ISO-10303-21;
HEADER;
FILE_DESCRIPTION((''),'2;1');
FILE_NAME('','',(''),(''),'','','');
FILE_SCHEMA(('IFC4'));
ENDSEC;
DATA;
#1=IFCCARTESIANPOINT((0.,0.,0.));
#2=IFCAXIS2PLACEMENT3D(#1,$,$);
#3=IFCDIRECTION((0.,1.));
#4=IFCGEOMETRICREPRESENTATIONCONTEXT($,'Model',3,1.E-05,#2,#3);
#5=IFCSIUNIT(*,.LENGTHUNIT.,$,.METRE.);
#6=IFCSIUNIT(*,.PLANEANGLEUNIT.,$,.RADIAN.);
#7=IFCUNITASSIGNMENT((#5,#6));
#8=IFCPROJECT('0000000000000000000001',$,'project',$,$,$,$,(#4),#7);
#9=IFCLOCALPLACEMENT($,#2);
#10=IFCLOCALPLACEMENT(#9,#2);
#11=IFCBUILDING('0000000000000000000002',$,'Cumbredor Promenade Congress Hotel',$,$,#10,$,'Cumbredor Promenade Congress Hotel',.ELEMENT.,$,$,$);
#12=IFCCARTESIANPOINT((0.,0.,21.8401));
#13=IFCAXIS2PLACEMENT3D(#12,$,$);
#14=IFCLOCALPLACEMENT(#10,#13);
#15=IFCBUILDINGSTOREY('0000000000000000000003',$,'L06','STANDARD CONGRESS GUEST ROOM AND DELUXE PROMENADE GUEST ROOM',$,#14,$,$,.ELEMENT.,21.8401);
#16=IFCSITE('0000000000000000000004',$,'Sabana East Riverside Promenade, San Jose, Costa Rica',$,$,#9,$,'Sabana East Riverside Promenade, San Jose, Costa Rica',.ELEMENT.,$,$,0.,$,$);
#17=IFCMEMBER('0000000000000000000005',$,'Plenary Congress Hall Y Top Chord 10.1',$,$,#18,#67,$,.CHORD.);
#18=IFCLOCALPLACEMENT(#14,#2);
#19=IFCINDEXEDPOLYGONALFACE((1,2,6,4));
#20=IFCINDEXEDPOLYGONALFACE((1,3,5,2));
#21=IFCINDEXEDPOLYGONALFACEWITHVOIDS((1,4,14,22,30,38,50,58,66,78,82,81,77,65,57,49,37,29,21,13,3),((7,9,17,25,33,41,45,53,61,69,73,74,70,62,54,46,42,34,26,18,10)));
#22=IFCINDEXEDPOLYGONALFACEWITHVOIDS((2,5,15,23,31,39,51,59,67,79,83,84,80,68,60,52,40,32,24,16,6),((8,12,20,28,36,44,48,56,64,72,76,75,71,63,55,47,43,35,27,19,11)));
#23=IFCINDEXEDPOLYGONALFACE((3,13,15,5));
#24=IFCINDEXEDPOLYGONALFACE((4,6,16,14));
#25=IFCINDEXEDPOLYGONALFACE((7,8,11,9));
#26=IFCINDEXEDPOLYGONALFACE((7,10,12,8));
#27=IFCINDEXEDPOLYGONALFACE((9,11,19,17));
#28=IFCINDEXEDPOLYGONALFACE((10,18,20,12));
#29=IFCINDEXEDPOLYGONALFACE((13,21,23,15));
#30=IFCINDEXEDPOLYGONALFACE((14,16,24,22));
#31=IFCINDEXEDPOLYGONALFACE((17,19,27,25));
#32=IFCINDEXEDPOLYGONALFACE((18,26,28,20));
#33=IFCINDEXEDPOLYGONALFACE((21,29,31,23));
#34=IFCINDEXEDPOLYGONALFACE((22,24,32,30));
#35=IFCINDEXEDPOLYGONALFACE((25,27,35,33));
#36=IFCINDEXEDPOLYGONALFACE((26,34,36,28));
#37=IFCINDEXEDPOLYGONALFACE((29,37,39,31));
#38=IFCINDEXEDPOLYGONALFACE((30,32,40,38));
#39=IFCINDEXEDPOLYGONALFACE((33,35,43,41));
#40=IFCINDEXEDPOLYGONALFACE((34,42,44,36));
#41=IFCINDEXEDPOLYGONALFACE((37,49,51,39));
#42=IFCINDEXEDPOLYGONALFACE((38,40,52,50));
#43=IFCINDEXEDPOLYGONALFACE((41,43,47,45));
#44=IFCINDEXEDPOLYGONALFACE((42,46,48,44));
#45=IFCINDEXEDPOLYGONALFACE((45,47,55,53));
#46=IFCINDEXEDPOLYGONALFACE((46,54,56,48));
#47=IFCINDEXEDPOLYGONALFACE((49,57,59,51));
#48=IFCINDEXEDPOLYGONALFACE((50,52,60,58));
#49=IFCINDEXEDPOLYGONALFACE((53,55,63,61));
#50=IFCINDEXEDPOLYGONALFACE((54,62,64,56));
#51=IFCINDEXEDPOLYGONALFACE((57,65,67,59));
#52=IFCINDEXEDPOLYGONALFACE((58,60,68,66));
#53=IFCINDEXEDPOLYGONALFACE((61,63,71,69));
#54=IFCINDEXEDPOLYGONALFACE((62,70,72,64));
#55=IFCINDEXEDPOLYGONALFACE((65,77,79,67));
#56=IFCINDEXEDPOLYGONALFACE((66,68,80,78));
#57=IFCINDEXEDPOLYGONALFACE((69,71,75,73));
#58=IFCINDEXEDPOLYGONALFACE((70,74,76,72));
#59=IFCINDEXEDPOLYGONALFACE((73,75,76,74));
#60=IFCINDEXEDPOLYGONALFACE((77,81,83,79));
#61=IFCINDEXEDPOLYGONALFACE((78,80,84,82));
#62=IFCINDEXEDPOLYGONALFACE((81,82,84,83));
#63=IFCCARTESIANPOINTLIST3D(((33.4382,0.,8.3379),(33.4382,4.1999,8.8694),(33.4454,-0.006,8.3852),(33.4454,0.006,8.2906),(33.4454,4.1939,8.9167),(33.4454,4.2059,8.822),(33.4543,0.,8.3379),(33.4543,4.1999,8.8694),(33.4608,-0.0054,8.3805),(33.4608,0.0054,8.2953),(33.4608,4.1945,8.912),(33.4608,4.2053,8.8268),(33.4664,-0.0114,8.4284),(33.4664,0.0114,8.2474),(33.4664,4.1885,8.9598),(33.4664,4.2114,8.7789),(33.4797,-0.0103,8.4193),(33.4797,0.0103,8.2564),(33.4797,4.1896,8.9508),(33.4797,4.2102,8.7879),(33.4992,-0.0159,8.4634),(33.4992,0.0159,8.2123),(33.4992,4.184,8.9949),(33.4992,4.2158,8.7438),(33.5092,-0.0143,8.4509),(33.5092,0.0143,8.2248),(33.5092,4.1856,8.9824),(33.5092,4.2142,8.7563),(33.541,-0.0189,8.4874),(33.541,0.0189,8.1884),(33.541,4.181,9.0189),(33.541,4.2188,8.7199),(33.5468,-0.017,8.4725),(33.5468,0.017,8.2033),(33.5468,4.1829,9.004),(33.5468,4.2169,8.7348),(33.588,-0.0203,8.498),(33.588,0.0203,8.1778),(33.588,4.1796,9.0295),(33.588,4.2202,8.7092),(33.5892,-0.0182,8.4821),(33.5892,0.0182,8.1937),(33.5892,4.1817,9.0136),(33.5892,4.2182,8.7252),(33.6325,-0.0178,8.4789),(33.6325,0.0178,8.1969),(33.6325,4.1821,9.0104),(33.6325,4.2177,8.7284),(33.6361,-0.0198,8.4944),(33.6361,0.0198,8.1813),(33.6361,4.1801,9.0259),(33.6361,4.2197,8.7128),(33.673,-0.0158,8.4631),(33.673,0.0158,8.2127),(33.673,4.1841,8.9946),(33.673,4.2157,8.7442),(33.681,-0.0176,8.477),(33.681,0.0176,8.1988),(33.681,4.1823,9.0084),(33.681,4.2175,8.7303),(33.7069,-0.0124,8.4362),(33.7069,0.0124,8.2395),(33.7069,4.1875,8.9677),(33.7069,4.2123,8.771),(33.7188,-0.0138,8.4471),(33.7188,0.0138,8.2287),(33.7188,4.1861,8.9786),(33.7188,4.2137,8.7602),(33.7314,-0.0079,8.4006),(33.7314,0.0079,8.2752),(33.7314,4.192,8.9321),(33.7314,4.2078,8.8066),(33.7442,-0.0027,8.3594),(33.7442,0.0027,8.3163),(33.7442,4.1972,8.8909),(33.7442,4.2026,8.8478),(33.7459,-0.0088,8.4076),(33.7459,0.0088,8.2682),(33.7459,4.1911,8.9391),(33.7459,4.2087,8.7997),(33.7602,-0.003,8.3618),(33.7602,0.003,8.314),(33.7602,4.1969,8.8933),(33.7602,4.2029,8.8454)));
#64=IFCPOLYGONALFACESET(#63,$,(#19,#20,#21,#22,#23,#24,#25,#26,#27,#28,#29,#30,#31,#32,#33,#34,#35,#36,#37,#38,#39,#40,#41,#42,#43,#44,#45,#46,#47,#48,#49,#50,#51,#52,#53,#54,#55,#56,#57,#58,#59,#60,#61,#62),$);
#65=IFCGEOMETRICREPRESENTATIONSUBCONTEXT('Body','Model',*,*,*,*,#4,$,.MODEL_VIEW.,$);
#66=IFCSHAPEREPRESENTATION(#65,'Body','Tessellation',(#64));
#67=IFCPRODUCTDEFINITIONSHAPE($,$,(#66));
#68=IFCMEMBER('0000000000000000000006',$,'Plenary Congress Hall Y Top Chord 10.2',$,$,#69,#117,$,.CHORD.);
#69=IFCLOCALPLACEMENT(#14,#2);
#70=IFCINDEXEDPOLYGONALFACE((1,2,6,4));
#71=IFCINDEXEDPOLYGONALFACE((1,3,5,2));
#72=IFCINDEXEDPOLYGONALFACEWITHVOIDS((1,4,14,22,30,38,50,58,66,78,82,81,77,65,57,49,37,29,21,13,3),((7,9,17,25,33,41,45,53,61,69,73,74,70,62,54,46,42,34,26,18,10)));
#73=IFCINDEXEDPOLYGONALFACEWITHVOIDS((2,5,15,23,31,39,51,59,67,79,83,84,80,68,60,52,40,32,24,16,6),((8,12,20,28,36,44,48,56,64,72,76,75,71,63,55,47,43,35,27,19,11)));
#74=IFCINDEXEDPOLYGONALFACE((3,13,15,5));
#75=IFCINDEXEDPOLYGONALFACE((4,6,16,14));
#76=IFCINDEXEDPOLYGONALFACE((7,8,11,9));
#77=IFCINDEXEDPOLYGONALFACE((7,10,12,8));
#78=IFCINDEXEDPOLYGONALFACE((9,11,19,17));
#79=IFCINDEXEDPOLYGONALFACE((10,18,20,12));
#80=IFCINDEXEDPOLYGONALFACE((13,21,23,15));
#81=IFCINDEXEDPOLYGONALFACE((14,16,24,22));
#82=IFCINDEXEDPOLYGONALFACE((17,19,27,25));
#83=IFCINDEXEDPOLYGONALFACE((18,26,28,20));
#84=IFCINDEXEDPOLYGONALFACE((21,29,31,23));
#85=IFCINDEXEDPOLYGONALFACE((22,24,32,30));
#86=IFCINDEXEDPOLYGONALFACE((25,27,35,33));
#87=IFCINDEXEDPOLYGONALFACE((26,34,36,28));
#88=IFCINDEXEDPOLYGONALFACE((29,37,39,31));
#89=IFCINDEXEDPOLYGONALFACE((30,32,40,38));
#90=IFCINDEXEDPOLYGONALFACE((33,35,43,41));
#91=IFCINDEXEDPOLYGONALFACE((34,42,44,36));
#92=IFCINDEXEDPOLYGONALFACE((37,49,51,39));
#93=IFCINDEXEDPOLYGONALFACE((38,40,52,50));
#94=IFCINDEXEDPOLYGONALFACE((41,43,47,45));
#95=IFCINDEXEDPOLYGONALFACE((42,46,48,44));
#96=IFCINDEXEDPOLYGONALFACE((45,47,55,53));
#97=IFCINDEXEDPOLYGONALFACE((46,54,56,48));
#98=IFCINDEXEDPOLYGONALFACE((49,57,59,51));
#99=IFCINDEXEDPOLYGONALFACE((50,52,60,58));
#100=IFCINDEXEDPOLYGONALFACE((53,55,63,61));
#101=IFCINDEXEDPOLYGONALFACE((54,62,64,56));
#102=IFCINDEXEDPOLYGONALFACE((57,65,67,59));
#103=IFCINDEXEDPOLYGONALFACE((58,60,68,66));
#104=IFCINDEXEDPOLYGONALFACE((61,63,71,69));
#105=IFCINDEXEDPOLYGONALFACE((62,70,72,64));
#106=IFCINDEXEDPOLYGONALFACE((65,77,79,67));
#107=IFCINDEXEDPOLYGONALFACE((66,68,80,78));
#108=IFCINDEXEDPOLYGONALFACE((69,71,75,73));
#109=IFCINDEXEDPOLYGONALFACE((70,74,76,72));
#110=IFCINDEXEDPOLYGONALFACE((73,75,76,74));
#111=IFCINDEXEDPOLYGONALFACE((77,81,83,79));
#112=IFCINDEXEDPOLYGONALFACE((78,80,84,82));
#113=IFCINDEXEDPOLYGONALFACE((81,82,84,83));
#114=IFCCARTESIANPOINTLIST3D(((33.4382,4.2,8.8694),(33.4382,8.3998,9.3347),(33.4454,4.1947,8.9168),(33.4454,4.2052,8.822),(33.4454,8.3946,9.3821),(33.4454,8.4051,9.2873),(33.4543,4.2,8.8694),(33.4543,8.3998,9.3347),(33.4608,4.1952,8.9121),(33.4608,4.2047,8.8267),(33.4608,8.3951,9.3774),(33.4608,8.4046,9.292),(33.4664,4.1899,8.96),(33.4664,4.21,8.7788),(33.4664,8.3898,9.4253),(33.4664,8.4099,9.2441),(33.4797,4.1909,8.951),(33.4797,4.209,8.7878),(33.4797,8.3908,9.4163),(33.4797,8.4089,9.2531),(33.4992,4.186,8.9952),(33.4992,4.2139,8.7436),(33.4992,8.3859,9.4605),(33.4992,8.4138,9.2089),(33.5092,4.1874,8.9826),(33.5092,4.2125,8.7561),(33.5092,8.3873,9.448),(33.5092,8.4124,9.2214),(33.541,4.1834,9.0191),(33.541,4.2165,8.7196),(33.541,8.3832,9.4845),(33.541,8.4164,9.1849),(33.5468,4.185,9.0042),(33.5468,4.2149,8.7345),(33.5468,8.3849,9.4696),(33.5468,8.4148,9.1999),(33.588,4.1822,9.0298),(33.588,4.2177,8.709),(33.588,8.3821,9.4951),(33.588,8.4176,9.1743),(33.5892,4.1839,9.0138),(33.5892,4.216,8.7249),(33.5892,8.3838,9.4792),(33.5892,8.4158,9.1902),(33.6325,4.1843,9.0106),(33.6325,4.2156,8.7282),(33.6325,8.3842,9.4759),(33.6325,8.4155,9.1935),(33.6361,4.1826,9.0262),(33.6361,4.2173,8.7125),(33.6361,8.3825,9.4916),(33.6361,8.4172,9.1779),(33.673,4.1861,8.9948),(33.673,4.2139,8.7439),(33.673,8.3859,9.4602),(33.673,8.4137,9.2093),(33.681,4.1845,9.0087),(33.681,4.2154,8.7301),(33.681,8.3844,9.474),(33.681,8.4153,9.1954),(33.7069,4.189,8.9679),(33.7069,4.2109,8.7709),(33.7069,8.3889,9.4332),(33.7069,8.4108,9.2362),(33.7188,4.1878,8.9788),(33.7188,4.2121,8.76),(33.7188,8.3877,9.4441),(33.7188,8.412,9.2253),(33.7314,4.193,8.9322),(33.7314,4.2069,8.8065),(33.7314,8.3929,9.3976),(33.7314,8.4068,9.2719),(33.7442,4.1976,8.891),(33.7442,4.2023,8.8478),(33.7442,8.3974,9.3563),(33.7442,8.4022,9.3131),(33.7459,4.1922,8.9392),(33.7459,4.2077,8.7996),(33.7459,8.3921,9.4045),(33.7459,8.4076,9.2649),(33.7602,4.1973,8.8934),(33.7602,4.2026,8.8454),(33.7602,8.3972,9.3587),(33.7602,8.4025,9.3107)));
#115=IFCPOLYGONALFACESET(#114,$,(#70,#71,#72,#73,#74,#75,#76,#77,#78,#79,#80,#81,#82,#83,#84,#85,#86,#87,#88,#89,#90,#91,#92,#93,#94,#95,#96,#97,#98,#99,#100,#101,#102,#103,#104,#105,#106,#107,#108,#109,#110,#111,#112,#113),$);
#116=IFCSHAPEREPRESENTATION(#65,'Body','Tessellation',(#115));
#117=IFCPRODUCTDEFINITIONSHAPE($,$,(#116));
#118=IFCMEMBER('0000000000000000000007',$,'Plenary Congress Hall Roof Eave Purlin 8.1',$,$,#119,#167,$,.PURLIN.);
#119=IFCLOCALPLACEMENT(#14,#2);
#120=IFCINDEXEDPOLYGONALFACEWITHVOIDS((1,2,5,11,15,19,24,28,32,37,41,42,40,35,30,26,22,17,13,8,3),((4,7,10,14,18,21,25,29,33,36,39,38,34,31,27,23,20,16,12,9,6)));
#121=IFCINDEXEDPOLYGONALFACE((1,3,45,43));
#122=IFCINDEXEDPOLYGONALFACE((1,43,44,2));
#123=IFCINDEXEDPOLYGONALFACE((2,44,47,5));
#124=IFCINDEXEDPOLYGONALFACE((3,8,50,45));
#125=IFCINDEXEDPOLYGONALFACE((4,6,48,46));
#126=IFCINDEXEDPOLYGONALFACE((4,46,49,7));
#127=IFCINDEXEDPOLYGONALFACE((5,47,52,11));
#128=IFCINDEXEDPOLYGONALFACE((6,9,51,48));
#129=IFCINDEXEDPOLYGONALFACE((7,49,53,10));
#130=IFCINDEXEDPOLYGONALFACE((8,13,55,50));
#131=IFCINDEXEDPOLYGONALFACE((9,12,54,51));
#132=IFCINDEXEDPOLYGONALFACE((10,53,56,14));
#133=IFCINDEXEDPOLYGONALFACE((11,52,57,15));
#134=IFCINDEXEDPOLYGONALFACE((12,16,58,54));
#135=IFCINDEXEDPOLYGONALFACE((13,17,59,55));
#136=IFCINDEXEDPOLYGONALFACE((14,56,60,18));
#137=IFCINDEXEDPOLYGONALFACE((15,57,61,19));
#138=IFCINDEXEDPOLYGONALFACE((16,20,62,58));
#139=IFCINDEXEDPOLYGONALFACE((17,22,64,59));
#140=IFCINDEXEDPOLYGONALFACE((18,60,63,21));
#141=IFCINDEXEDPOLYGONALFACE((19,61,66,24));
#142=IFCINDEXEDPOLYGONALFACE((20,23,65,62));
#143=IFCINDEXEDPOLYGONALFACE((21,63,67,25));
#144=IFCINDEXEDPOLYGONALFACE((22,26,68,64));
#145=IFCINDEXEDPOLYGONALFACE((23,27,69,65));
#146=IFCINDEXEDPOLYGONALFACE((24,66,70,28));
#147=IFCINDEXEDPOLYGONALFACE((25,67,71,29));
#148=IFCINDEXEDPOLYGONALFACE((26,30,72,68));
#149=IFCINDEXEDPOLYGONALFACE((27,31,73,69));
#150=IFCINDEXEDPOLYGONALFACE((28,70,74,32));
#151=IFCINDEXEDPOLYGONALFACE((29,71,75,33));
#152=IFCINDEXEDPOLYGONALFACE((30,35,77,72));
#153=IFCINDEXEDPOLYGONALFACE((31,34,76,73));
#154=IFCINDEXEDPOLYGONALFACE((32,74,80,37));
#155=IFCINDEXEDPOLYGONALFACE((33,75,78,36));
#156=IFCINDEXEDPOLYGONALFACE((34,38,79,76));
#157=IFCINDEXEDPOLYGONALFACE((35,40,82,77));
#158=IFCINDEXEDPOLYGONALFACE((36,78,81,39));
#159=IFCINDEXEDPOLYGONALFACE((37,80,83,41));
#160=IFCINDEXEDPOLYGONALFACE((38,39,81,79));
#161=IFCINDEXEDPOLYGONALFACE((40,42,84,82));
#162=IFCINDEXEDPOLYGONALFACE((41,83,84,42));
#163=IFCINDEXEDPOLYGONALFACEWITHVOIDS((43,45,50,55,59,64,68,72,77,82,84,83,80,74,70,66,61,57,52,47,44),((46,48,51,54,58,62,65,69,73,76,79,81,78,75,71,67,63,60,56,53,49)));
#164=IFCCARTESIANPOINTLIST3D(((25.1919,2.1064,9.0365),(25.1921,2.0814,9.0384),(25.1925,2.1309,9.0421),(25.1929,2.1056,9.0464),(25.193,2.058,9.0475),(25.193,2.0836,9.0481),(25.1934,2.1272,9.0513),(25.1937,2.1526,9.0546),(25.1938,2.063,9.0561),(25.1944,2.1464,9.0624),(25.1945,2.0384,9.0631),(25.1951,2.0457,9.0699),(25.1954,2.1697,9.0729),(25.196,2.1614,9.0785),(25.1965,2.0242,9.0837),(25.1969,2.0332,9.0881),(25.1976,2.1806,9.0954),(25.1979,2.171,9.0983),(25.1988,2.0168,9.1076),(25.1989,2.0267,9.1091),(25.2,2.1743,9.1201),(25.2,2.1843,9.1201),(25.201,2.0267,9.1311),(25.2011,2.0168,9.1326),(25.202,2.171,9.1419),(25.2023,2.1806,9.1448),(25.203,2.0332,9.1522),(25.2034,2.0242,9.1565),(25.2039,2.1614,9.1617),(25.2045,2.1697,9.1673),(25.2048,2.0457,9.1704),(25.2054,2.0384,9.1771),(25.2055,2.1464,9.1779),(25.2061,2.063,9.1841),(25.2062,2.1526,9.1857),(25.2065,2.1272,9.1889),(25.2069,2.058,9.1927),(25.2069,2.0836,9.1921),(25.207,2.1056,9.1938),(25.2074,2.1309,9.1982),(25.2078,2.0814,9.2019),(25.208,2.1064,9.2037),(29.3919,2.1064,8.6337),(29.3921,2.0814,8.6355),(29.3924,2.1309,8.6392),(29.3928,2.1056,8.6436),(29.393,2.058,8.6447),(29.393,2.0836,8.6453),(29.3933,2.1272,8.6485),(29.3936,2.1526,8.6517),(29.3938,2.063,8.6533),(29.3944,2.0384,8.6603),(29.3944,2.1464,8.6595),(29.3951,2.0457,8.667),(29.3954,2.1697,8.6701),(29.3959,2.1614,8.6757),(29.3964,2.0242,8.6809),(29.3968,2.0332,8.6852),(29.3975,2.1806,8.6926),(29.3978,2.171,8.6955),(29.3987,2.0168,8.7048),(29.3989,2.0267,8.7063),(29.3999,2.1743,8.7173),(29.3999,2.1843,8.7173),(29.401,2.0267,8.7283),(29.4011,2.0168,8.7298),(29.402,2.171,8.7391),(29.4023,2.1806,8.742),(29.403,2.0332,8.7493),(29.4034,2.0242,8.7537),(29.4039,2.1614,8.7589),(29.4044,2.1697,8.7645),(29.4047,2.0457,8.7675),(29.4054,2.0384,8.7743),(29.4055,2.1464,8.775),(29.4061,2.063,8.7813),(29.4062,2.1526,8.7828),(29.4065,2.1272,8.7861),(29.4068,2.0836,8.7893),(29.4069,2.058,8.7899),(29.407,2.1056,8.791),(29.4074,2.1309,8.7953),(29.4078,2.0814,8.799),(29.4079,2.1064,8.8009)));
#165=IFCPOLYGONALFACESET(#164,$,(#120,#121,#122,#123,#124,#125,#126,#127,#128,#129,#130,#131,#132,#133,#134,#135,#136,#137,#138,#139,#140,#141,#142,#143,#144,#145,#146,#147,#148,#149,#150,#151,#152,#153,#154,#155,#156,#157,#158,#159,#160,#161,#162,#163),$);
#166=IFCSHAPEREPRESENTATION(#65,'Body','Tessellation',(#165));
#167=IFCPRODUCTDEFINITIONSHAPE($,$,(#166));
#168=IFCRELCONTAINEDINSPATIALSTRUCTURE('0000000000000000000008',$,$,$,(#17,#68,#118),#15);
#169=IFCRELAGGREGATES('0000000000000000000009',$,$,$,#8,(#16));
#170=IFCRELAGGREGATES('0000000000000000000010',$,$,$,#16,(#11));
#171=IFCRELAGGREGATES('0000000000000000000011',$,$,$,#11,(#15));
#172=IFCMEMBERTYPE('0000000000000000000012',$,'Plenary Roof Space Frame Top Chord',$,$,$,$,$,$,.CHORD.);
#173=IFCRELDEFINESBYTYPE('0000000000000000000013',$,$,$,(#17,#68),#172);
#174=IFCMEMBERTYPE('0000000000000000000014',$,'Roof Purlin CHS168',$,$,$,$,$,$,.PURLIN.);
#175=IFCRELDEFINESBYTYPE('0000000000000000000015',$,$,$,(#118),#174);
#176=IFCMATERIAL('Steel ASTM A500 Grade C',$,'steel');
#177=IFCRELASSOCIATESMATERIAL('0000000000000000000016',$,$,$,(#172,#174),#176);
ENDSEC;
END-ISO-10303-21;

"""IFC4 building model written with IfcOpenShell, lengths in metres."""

from ifc_helpers import new_model, si_unit, direction, frame, origin, origin_2d, place, context, subcontext, project, spatial, hollow_circle, extrude, material, material_profile, profile_set, type_object, element, save


model = new_model("IFC4")

# Units and contexts
model_context = context("Model", 3, precision=1e-05, world=origin(), true_north=direction((0.0, 1.0)))
body_context = subcontext(model_context, "Body", "Model", "MODEL_VIEW")
ifc_project = project(units=[si_unit("LENGTHUNIT", "METRE"), si_unit("PLANEANGLEUNIT", "RADIAN")], contexts=[model_context])

# Site, building, storey
site_placement = place(None, origin())
site = spatial("IfcSite", under=ifc_project, at=site_placement, Name="Sabana East Riverside Promenade, San Jose, Costa Rica", LongName="Sabana East Riverside Promenade, San Jose, Costa Rica", CompositionType="ELEMENT", RefElevation=0.0)
building_placement = place(site_placement, origin())
building = spatial("IfcBuilding", under=site, at=building_placement, Name="Cumbredor Promenade Congress Hotel", LongName="Cumbredor Promenade Congress Hotel", CompositionType="ELEMENT")
storey_placement = place(building_placement, frame((0.0, 0.0, 21.8401)))
storey = spatial("IfcBuildingStorey", under=building, at=storey_placement, Name="L06", Description="STANDARD CONGRESS GUEST ROOM AND DELUXE PROMENADE GUEST ROOM", CompositionType="ELEMENT", Elevation=21.8401)

# Members
ifc_material_1 = material(Name="Steel ASTM A500 Grade C", Category="steel")
ifc_material_profile_1 = material_profile(ifc_material_1, hollow_circle(Radius=0.1619, WallThickness=0.0161, at=origin_2d()), Name="CHS 323.9x16")
ifc_profile_set_1 = profile_set([ifc_material_profile_1], Name="Steel ASTM A500 Grade C")
member_type_1 = type_object("IfcMemberType", Name="Plenary Roof Space Frame Top Chord", PredefinedType="CHORD", material=ifc_profile_set_1)
member_1_placement = place(storey_placement, frame((33.6001, 0.0, 8.3379), z_axis=(0.0, 0.992088, 0.125546), x_axis=(-1.0, 0.0, 0.0)))
element("IfcMember", 1, at=member_1_placement, inside=storey, type_object=member_type_1, Name="Plenary Congress Hall Y Top Chord 10.1", PredefinedType="CHORD", context=body_context, shape_type="SweptSolid", body=[
    extrude(hollow_circle(Radius=0.1619, WallThickness=0.0161, at=origin_2d()), origin(), (0.0, 0.0, 1.0), 4.2334),
])
member_2_placement = place(storey_placement, frame((33.6001, 4.2, 8.8694), z_axis=(0.0, 0.993918, 0.110121), x_axis=(-1.0, 0.0, 0.0)))
element("IfcMember", 2, at=member_2_placement, inside=storey, type_object=member_type_1, Name="Plenary Congress Hall Y Top Chord 10.2", PredefinedType="CHORD", context=body_context, shape_type="SweptSolid", body=[
    extrude(hollow_circle(Radius=0.1619, WallThickness=0.0161, at=origin_2d()), origin(), (0.0, 0.0, 1.0), 4.2256),
])
ifc_material_profile_2 = material_profile(ifc_material_1, hollow_circle(Radius=0.0842, WallThickness=0.01, at=origin_2d()), Name="CHS 168.3x10")
ifc_profile_set_2 = profile_set([ifc_material_profile_2], Name="Steel ASTM A500 Grade C")
member_type_2 = type_object("IfcMemberType", Name="Roof Purlin CHS168", PredefinedType="PURLIN", material=ifc_profile_set_2)
member_3_placement = place(storey_placement, frame((25.2, 2.1001, 9.1201), z_axis=(0.995432, 0.0, -0.095475), x_axis=(0.0, 1.0, 0.0)))
element("IfcMember", 3, at=member_3_placement, inside=storey, type_object=member_type_2, Name="Plenary Congress Hall Roof Eave Purlin 8.1", PredefinedType="PURLIN", context=body_context, shape_type="SweptSolid", body=[
    extrude(hollow_circle(Radius=0.0842, WallThickness=0.01, at=origin_2d()), origin(), (0.0, 0.0, 1.0), 4.2192),
])

save(model, "model.ifc")
